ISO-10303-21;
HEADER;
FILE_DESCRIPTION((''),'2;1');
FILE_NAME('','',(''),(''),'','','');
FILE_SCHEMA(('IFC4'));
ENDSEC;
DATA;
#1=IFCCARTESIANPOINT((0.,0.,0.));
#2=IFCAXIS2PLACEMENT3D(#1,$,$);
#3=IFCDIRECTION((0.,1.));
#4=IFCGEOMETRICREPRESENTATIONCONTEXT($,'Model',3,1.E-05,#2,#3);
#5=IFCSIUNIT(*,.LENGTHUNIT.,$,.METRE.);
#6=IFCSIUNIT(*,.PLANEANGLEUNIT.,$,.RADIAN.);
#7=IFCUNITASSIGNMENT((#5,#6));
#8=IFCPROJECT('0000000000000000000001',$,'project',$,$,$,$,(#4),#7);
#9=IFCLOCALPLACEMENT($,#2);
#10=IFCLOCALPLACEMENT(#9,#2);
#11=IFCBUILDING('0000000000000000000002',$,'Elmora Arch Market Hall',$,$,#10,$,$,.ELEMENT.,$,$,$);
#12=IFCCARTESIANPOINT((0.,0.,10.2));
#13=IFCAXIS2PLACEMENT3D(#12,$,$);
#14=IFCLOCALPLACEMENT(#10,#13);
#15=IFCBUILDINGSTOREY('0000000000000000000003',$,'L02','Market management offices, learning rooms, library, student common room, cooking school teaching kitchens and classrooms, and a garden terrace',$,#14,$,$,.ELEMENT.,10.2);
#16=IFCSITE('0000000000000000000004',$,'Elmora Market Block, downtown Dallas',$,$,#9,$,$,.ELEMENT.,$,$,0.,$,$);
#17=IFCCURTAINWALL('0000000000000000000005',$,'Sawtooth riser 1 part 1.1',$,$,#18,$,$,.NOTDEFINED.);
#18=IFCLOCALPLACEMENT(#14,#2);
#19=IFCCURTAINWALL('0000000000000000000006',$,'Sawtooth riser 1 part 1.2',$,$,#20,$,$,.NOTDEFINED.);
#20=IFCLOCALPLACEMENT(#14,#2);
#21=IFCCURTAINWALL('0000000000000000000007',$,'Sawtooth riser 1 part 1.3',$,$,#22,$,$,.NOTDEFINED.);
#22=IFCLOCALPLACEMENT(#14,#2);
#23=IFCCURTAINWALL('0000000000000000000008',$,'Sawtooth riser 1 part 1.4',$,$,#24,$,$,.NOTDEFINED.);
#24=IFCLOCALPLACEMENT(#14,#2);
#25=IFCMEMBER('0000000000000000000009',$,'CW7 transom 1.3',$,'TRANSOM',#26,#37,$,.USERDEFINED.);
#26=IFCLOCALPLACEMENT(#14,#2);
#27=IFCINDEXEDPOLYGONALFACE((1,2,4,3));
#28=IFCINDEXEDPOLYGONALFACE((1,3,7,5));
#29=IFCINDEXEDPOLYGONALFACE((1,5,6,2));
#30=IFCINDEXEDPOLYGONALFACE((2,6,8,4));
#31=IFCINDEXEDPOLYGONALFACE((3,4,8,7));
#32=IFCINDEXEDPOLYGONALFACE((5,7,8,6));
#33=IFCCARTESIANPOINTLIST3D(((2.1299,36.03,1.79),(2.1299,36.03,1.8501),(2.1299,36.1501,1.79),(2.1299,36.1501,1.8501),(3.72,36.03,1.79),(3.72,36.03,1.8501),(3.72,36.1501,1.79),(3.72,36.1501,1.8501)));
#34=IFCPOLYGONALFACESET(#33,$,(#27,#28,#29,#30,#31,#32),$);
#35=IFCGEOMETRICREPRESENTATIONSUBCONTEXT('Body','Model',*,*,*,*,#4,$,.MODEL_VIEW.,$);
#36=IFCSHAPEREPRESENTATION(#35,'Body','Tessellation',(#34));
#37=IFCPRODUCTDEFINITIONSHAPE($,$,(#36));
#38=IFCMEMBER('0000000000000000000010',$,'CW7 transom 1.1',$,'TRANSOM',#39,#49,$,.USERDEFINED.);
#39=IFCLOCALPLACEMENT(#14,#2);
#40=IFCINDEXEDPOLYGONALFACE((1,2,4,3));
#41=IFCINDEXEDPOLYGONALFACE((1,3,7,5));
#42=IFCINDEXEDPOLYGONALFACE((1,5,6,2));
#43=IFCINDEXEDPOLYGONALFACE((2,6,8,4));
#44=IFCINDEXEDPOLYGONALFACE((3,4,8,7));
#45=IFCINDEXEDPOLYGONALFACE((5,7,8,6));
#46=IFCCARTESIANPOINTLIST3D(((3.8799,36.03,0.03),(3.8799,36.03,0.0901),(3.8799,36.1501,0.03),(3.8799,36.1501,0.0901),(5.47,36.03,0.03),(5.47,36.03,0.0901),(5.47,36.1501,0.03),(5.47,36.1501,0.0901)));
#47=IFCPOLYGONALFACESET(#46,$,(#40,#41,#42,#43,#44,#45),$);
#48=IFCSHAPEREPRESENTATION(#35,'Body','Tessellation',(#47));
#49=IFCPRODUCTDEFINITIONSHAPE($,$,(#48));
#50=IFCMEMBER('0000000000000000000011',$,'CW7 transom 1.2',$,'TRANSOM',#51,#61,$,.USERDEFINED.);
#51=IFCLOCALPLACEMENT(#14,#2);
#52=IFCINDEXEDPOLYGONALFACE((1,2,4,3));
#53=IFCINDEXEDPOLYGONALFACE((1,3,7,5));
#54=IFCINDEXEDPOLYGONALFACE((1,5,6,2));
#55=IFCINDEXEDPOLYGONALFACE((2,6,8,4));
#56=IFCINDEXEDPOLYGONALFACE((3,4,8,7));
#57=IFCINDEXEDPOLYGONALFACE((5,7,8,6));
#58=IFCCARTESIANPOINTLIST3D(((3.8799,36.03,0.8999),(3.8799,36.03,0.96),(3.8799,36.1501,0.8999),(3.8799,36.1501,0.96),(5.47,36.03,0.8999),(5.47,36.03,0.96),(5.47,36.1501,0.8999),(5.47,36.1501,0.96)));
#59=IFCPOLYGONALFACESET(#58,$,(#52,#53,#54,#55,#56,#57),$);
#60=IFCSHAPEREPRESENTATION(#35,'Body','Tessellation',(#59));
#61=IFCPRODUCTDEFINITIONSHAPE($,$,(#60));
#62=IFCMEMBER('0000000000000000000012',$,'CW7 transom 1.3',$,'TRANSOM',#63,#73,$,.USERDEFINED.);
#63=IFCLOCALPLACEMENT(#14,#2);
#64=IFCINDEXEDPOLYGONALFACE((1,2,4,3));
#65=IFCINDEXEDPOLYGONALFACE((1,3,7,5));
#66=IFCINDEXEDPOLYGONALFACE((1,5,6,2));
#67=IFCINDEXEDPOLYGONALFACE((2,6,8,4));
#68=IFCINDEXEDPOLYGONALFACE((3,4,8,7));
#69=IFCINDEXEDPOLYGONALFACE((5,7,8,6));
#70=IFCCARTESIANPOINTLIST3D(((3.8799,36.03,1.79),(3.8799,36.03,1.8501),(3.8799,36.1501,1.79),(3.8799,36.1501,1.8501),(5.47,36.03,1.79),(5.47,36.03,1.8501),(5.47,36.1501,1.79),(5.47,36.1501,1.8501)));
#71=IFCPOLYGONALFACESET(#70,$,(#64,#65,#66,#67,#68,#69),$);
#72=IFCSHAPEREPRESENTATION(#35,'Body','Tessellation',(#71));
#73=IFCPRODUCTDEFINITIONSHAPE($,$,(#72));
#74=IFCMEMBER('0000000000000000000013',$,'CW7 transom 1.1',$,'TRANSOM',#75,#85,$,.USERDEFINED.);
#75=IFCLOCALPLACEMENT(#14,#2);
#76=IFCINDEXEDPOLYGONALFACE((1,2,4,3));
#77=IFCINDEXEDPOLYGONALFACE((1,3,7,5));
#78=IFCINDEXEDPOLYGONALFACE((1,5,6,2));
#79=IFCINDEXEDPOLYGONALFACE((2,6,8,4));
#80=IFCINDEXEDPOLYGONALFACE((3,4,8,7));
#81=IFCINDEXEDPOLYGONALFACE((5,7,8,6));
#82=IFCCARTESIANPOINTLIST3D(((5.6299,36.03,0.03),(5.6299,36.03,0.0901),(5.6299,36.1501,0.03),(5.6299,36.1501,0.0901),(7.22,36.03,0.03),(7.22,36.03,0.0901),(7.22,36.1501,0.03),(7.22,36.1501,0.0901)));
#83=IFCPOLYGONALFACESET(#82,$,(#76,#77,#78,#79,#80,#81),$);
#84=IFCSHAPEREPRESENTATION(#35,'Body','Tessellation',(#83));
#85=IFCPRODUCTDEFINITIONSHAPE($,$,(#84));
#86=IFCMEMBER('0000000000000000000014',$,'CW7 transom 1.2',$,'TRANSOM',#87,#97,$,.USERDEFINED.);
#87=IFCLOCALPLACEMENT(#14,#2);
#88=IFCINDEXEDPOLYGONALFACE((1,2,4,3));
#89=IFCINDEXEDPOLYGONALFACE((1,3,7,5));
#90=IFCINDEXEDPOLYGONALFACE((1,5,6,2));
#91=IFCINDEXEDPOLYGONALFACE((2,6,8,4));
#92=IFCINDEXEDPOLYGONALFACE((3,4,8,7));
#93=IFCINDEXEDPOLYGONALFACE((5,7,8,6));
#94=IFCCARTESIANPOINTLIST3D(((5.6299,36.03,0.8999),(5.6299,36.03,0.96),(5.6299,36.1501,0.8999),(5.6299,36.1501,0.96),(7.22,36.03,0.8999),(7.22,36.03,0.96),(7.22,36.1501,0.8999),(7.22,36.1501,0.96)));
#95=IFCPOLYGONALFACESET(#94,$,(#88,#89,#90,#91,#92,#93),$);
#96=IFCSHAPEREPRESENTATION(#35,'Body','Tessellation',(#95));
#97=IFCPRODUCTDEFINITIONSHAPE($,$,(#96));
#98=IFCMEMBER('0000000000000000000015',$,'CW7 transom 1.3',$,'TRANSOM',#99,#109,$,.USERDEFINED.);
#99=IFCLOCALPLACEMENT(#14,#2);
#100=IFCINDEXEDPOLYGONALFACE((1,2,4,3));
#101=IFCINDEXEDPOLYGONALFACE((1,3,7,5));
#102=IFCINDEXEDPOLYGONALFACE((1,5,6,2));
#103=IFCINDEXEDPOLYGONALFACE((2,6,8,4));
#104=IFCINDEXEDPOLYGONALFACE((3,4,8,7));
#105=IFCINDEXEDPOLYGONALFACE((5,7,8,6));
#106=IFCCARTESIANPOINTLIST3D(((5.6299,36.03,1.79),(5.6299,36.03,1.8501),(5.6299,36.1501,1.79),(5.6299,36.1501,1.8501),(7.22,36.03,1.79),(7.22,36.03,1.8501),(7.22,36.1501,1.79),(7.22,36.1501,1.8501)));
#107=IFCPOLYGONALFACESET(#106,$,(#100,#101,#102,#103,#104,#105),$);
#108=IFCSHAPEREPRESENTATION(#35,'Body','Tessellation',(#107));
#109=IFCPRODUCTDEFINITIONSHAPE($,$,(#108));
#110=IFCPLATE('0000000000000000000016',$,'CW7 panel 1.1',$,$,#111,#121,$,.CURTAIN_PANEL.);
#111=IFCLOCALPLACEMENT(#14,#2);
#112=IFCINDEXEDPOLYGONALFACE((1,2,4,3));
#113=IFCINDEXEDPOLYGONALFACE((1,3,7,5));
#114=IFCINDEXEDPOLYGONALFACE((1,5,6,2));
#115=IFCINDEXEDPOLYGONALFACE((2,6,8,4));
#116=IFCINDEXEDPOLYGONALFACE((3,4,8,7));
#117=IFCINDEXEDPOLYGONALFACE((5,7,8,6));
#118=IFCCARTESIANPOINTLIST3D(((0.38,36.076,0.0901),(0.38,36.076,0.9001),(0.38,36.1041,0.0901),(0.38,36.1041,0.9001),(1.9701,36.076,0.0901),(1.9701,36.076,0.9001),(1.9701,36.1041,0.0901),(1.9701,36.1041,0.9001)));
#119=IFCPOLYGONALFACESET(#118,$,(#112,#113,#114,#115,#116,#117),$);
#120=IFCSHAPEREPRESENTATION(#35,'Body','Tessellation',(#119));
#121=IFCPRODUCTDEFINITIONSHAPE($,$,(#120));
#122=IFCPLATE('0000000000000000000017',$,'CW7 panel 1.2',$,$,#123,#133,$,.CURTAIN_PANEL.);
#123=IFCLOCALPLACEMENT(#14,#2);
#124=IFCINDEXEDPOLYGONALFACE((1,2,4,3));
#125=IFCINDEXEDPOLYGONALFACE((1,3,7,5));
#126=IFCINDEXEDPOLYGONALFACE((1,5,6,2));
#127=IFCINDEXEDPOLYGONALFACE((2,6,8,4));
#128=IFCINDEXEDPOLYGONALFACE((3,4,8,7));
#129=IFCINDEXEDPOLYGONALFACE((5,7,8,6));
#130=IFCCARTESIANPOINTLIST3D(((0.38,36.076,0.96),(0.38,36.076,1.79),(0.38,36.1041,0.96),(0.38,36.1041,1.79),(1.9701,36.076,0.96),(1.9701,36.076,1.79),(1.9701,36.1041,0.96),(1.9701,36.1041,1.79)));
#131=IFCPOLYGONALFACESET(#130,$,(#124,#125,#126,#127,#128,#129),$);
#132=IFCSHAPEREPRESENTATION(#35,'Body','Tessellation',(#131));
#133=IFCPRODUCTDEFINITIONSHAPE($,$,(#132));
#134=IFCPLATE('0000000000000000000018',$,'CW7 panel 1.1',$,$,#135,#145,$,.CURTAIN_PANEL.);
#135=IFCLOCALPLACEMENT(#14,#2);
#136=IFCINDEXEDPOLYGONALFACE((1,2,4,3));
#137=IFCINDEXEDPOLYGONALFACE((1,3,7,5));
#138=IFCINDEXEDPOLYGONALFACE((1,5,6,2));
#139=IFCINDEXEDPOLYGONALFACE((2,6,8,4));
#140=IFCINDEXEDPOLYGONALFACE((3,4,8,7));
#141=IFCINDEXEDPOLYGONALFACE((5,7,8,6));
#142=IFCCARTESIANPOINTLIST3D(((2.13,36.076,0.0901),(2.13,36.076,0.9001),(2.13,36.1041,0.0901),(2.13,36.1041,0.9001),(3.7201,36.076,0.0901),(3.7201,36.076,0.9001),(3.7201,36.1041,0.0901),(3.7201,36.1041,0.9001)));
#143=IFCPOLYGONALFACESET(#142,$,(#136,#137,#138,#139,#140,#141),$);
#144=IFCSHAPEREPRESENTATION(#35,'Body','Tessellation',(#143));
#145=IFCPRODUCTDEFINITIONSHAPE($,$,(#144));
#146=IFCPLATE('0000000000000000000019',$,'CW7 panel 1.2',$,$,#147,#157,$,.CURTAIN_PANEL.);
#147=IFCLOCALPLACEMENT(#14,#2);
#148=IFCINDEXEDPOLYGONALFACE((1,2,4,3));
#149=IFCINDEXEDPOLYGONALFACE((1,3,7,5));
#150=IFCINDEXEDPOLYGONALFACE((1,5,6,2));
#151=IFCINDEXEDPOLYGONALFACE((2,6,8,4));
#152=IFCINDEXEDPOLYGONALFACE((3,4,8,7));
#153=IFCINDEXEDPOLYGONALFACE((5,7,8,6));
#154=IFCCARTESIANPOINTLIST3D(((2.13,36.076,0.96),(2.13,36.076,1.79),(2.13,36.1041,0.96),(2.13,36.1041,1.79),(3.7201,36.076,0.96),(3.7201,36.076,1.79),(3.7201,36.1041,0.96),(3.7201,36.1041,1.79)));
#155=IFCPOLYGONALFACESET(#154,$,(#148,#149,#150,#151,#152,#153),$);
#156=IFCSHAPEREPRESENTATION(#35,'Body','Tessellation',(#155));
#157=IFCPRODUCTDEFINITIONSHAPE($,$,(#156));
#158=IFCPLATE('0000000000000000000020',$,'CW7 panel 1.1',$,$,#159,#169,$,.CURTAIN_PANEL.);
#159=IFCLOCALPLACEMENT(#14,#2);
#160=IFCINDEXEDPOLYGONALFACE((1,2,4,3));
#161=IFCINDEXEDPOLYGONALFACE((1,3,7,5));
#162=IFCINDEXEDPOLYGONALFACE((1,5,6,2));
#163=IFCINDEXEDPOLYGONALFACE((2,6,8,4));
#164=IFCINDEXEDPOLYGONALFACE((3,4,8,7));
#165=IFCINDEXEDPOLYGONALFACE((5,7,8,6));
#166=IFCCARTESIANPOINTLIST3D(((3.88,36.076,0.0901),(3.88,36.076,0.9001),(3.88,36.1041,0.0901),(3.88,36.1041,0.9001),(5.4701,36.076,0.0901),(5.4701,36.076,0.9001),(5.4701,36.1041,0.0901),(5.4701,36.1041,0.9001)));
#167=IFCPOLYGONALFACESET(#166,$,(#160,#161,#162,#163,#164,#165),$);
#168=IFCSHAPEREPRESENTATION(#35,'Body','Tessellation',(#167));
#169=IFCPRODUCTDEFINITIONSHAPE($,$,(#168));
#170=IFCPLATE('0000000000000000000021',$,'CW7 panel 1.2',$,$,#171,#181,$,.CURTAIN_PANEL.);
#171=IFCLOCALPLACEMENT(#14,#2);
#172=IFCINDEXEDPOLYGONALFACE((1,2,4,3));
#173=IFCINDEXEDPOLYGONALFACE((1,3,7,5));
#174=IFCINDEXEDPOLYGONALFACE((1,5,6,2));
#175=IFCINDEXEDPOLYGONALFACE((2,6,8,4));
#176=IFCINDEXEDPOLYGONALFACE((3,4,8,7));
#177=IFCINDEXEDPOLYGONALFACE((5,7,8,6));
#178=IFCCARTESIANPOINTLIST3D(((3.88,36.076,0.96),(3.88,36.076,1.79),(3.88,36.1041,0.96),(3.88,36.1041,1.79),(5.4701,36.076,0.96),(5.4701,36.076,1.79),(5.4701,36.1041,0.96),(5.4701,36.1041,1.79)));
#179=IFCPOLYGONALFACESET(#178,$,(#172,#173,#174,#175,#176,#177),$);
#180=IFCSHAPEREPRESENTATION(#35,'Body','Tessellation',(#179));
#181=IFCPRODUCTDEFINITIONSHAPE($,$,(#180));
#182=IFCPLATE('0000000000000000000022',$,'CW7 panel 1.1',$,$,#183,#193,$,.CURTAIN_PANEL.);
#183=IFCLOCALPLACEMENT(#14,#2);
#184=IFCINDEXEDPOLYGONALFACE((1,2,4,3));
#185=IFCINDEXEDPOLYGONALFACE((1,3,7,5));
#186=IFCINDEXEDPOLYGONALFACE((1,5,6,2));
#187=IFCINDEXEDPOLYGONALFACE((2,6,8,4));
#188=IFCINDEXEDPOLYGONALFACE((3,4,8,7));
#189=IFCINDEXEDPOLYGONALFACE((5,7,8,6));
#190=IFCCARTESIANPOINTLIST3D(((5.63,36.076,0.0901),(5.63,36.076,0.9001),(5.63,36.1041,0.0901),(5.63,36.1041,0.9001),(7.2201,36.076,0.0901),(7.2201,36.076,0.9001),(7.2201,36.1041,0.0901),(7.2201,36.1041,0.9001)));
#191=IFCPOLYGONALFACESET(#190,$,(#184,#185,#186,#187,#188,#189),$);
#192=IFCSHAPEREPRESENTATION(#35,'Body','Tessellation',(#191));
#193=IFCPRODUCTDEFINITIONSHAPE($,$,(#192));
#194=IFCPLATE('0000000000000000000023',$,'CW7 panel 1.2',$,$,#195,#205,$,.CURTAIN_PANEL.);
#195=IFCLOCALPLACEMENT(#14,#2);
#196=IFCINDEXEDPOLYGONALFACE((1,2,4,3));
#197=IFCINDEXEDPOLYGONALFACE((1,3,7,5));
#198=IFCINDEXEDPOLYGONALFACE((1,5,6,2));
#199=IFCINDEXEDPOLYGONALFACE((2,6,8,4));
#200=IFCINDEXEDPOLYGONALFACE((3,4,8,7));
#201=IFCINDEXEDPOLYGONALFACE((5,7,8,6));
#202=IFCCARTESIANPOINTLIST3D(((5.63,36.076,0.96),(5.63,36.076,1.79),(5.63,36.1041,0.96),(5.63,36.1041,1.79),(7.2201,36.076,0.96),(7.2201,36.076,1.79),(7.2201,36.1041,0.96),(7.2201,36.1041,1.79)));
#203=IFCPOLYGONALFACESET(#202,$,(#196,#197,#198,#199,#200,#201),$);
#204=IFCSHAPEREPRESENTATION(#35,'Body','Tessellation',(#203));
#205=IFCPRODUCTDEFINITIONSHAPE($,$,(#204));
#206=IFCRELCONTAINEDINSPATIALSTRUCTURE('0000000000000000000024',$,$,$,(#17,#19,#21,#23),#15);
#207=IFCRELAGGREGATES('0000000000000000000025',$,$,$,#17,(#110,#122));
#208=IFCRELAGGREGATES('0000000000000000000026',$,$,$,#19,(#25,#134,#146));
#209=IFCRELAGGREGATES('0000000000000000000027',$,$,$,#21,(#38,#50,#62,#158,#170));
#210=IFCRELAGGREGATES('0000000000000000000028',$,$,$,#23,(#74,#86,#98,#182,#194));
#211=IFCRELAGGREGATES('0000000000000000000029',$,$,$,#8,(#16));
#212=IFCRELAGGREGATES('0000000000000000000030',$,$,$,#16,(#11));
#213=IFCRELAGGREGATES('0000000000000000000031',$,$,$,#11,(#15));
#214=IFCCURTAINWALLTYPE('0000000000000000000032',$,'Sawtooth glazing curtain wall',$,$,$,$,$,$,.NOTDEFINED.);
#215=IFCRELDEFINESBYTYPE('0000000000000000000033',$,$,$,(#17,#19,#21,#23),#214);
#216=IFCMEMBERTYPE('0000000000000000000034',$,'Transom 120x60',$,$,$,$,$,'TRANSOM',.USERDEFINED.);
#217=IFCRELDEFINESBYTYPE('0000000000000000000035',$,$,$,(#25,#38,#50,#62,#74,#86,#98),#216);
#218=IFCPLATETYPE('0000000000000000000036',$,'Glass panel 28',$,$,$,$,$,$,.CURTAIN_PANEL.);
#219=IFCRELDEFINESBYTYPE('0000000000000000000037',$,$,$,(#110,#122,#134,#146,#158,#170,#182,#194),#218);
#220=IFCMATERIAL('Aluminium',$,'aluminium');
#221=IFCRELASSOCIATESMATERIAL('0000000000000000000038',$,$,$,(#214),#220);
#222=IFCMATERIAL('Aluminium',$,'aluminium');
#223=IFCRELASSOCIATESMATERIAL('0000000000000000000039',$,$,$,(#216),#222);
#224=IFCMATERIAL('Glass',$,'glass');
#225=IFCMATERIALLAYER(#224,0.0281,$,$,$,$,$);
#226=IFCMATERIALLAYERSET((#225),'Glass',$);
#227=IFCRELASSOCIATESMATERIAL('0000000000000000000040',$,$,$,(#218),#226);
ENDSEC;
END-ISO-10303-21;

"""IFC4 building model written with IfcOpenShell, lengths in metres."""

from ifc_helpers import new_model, si_unit, direction, frame, origin, origin_2d, place, context, subcontext, project, spatial, rectangle, extrude, material, layer, layer_set, material_profile, profile_set, type_object, element, aggregate, save


model = new_model("IFC4")

# Units and contexts
model_context = context("Model", 3, precision=1e-05, world=origin(), true_north=direction((0.0, 1.0)))
body_context = subcontext(model_context, "Body", "Model", "MODEL_VIEW")
ifc_project = project(units=[si_unit("LENGTHUNIT", "METRE"), si_unit("PLANEANGLEUNIT", "RADIAN")], contexts=[model_context])

# Site, building, storey
site_placement = place(None, origin())
site = spatial("IfcSite", under=ifc_project, at=site_placement, Name="Elmora Market Block, downtown Dallas", CompositionType="ELEMENT", RefElevation=0.0)
building_placement = place(site_placement, origin())
building = spatial("IfcBuilding", under=site, at=building_placement, Name="Elmora Arch Market Hall", CompositionType="ELEMENT")
storey_placement = place(building_placement, frame((0.0, 0.0, 10.2)))
storey = spatial("IfcBuildingStorey", under=building, at=storey_placement, Name="L02", Description="Market management offices, learning rooms, library, student common room, cooking school teaching kitchens and classrooms, and a garden terrace", CompositionType="ELEMENT", Elevation=10.2)

# Curtain walls
ifc_material_1 = material(Name="Aluminium", Category="aluminium")
curtain_wall_type = type_object("IfcCurtainWallType", Name="Sawtooth glazing curtain wall", PredefinedType="NOTDEFINED", material=ifc_material_1)
curtain_wall_1_placement = place(storey_placement, origin())
curtain_wall_1 = element("IfcCurtainWall", 1, at=curtain_wall_1_placement, inside=storey, type_object=curtain_wall_type, Name="Sawtooth riser 1 part 1.1", PredefinedType="NOTDEFINED")
curtain_wall_2_placement = place(storey_placement, origin())
curtain_wall_2 = element("IfcCurtainWall", 2, at=curtain_wall_2_placement, inside=storey, type_object=curtain_wall_type, Name="Sawtooth riser 1 part 1.2", PredefinedType="NOTDEFINED")
curtain_wall_3_placement = place(storey_placement, origin())
curtain_wall_3 = element("IfcCurtainWall", 3, at=curtain_wall_3_placement, inside=storey, type_object=curtain_wall_type, Name="Sawtooth riser 1 part 1.3", PredefinedType="NOTDEFINED")
curtain_wall_4_placement = place(storey_placement, origin())
curtain_wall_4 = element("IfcCurtainWall", 4, at=curtain_wall_4_placement, inside=storey, type_object=curtain_wall_type, Name="Sawtooth riser 1 part 1.4", PredefinedType="NOTDEFINED")

# Members
ifc_material_2 = material(Name="Aluminium", Category="aluminium")
ifc_material_profile_1 = material_profile(ifc_material_2, rectangle(XDim=0.1201, YDim=0.0601, at=origin_2d()), Name="AL 120x60")
ifc_profile_set_1 = profile_set([ifc_material_profile_1], Name="Aluminium")
member_type_1 = type_object("IfcMemberType", Name="Transom 120x60", ElementType="TRANSOM", PredefinedType="USERDEFINED", material=ifc_profile_set_1)
member_1_placement = place(storey_placement, frame((2.1299, 36.0901, 1.8201), z_axis=(1.0, 0.0, 0.0), x_axis=(0.0, 1.0, 0.0)))
member_1 = element("IfcMember", 5, at=member_1_placement, type_object=member_type_1, Name="CW7 transom 1.3", ObjectType="TRANSOM", PredefinedType="USERDEFINED", context=body_context, shape_type="SweptSolid", body=[
    extrude(rectangle(XDim=0.1201, YDim=0.0601, at=origin_2d()), origin(), (0.0, 0.0, 1.0), 1.5901),
])
member_2_placement = place(storey_placement, frame((3.8799, 36.0901, 0.0601), z_axis=(1.0, 0.0, 0.0), x_axis=(0.0, 1.0, 0.0)))
member_2 = element("IfcMember", 6, at=member_2_placement, type_object=member_type_1, Name="CW7 transom 1.1", ObjectType="TRANSOM", PredefinedType="USERDEFINED", context=body_context, shape_type="SweptSolid", body=[
    extrude(rectangle(XDim=0.1201, YDim=0.0601, at=origin_2d()), origin(), (0.0, 0.0, 1.0), 1.5901),
])
member_3_placement = place(storey_placement, frame((3.8799, 36.0901, 0.9299), z_axis=(1.0, 0.0, 0.0), x_axis=(0.0, 1.0, 0.0)))
member_3 = element("IfcMember", 7, at=member_3_placement, type_object=member_type_1, Name="CW7 transom 1.2", ObjectType="TRANSOM", PredefinedType="USERDEFINED", context=body_context, shape_type="SweptSolid", body=[
    extrude(rectangle(XDim=0.1201, YDim=0.0601, at=origin_2d()), origin(), (0.0, 0.0, 1.0), 1.5901),
])
member_4_placement = place(storey_placement, frame((3.8799, 36.0901, 1.8201), z_axis=(1.0, 0.0, 0.0), x_axis=(0.0, 1.0, 0.0)))
member_4 = element("IfcMember", 8, at=member_4_placement, type_object=member_type_1, Name="CW7 transom 1.3", ObjectType="TRANSOM", PredefinedType="USERDEFINED", context=body_context, shape_type="SweptSolid", body=[
    extrude(rectangle(XDim=0.1201, YDim=0.0601, at=origin_2d()), origin(), (0.0, 0.0, 1.0), 1.5901),
])
member_5_placement = place(storey_placement, frame((5.6299, 36.0901, 0.0601), z_axis=(1.0, 0.0, 0.0), x_axis=(0.0, 1.0, 0.0)))
member_5 = element("IfcMember", 9, at=member_5_placement, type_object=member_type_1, Name="CW7 transom 1.1", ObjectType="TRANSOM", PredefinedType="USERDEFINED", context=body_context, shape_type="SweptSolid", body=[
    extrude(rectangle(XDim=0.1201, YDim=0.0601, at=origin_2d()), origin(), (0.0, 0.0, 1.0), 1.5901),
])
member_6_placement = place(storey_placement, frame((5.6299, 36.0901, 0.9299), z_axis=(1.0, 0.0, 0.0), x_axis=(0.0, 1.0, 0.0)))
member_6 = element("IfcMember", 10, at=member_6_placement, type_object=member_type_1, Name="CW7 transom 1.2", ObjectType="TRANSOM", PredefinedType="USERDEFINED", context=body_context, shape_type="SweptSolid", body=[
    extrude(rectangle(XDim=0.1201, YDim=0.0601, at=origin_2d()), origin(), (0.0, 0.0, 1.0), 1.5901),
])
member_7_placement = place(storey_placement, frame((5.6299, 36.0901, 1.8201), z_axis=(1.0, 0.0, 0.0), x_axis=(0.0, 1.0, 0.0)))
member_7 = element("IfcMember", 11, at=member_7_placement, type_object=member_type_1, Name="CW7 transom 1.3", ObjectType="TRANSOM", PredefinedType="USERDEFINED", context=body_context, shape_type="SweptSolid", body=[
    extrude(rectangle(XDim=0.1201, YDim=0.0601, at=origin_2d()), origin(), (0.0, 0.0, 1.0), 1.5901),
])

# Plates
ifc_material_3 = material(Name="Glass", Category="glass")
ifc_layer_1 = layer(ifc_material_3, 0.0281)
ifc_layer_set_1 = layer_set([ifc_layer_1], Name="Glass")
plate_type = type_object("IfcPlateType", Name="Glass panel 28", PredefinedType="CURTAIN_PANEL", material=ifc_layer_set_1)
plate_1_placement = place(storey_placement, frame((1.175, 36.0901, 0.0901), z_axis=(0.0, 0.0, 1.0), x_axis=(1.0, 0.0, 0.0)))
plate_1 = element("IfcPlate", 12, at=plate_1_placement, type_object=plate_type, Name="CW7 panel 1.1", PredefinedType="CURTAIN_PANEL", context=body_context, shape_type="SweptSolid", body=[
    extrude(rectangle(XDim=1.5901, YDim=0.0281, at=origin_2d()), origin(), (0.0, 0.0, 1.0), 0.8101),
])
plate_2_placement = place(storey_placement, frame((1.175, 36.0901, 0.96), z_axis=(0.0, 0.0, 1.0), x_axis=(1.0, 0.0, 0.0)))
plate_2 = element("IfcPlate", 13, at=plate_2_placement, type_object=plate_type, Name="CW7 panel 1.2", PredefinedType="CURTAIN_PANEL", context=body_context, shape_type="SweptSolid", body=[
    extrude(rectangle(XDim=1.5901, YDim=0.0281, at=origin_2d()), origin(), (0.0, 0.0, 1.0), 0.8301),
])
aggregate(curtain_wall_1, [plate_1, plate_2])
plate_3_placement = place(storey_placement, frame((2.925, 36.0901, 0.0901), z_axis=(0.0, 0.0, 1.0), x_axis=(1.0, 0.0, 0.0)))
plate_3 = element("IfcPlate", 14, at=plate_3_placement, type_object=plate_type, Name="CW7 panel 1.1", PredefinedType="CURTAIN_PANEL", context=body_context, shape_type="SweptSolid", body=[
    extrude(rectangle(XDim=1.5901, YDim=0.0281, at=origin_2d()), origin(), (0.0, 0.0, 1.0), 0.8101),
])
plate_4_placement = place(storey_placement, frame((2.925, 36.0901, 0.96), z_axis=(0.0, 0.0, 1.0), x_axis=(1.0, 0.0, 0.0)))
plate_4 = element("IfcPlate", 15, at=plate_4_placement, type_object=plate_type, Name="CW7 panel 1.2", PredefinedType="CURTAIN_PANEL", context=body_context, shape_type="SweptSolid", body=[
    extrude(rectangle(XDim=1.5901, YDim=0.0281, at=origin_2d()), origin(), (0.0, 0.0, 1.0), 0.8301),
])
aggregate(curtain_wall_2, [member_1, plate_3, plate_4])
plate_5_placement = place(storey_placement, frame((4.675, 36.0901, 0.0901), z_axis=(0.0, 0.0, 1.0), x_axis=(1.0, 0.0, 0.0)))
plate_5 = element("IfcPlate", 16, at=plate_5_placement, type_object=plate_type, Name="CW7 panel 1.1", PredefinedType="CURTAIN_PANEL", context=body_context, shape_type="SweptSolid", body=[
    extrude(rectangle(XDim=1.5901, YDim=0.0281, at=origin_2d()), origin(), (0.0, 0.0, 1.0), 0.8101),
])
plate_6_placement = place(storey_placement, frame((4.675, 36.0901, 0.96), z_axis=(0.0, 0.0, 1.0), x_axis=(1.0, 0.0, 0.0)))
plate_6 = element("IfcPlate", 17, at=plate_6_placement, type_object=plate_type, Name="CW7 panel 1.2", PredefinedType="CURTAIN_PANEL", context=body_context, shape_type="SweptSolid", body=[
    extrude(rectangle(XDim=1.5901, YDim=0.0281, at=origin_2d()), origin(), (0.0, 0.0, 1.0), 0.8301),
])
aggregate(curtain_wall_3, [member_2, member_3, member_4, plate_5, plate_6])
plate_7_placement = place(storey_placement, frame((6.425, 36.0901, 0.0901), z_axis=(0.0, 0.0, 1.0), x_axis=(1.0, 0.0, 0.0)))
plate_7 = element("IfcPlate", 18, at=plate_7_placement, type_object=plate_type, Name="CW7 panel 1.1", PredefinedType="CURTAIN_PANEL", context=body_context, shape_type="SweptSolid", body=[
    extrude(rectangle(XDim=1.5901, YDim=0.0281, at=origin_2d()), origin(), (0.0, 0.0, 1.0), 0.8101),
])
plate_8_placement = place(storey_placement, frame((6.425, 36.0901, 0.96), z_axis=(0.0, 0.0, 1.0), x_axis=(1.0, 0.0, 0.0)))
plate_8 = element("IfcPlate", 19, at=plate_8_placement, type_object=plate_type, Name="CW7 panel 1.2", PredefinedType="CURTAIN_PANEL", context=body_context, shape_type="SweptSolid", body=[
    extrude(rectangle(XDim=1.5901, YDim=0.0281, at=origin_2d()), origin(), (0.0, 0.0, 1.0), 0.8301),
])
aggregate(curtain_wall_4, [member_5, member_6, member_7, plate_7, plate_8])

save(model, "model.ifc")
